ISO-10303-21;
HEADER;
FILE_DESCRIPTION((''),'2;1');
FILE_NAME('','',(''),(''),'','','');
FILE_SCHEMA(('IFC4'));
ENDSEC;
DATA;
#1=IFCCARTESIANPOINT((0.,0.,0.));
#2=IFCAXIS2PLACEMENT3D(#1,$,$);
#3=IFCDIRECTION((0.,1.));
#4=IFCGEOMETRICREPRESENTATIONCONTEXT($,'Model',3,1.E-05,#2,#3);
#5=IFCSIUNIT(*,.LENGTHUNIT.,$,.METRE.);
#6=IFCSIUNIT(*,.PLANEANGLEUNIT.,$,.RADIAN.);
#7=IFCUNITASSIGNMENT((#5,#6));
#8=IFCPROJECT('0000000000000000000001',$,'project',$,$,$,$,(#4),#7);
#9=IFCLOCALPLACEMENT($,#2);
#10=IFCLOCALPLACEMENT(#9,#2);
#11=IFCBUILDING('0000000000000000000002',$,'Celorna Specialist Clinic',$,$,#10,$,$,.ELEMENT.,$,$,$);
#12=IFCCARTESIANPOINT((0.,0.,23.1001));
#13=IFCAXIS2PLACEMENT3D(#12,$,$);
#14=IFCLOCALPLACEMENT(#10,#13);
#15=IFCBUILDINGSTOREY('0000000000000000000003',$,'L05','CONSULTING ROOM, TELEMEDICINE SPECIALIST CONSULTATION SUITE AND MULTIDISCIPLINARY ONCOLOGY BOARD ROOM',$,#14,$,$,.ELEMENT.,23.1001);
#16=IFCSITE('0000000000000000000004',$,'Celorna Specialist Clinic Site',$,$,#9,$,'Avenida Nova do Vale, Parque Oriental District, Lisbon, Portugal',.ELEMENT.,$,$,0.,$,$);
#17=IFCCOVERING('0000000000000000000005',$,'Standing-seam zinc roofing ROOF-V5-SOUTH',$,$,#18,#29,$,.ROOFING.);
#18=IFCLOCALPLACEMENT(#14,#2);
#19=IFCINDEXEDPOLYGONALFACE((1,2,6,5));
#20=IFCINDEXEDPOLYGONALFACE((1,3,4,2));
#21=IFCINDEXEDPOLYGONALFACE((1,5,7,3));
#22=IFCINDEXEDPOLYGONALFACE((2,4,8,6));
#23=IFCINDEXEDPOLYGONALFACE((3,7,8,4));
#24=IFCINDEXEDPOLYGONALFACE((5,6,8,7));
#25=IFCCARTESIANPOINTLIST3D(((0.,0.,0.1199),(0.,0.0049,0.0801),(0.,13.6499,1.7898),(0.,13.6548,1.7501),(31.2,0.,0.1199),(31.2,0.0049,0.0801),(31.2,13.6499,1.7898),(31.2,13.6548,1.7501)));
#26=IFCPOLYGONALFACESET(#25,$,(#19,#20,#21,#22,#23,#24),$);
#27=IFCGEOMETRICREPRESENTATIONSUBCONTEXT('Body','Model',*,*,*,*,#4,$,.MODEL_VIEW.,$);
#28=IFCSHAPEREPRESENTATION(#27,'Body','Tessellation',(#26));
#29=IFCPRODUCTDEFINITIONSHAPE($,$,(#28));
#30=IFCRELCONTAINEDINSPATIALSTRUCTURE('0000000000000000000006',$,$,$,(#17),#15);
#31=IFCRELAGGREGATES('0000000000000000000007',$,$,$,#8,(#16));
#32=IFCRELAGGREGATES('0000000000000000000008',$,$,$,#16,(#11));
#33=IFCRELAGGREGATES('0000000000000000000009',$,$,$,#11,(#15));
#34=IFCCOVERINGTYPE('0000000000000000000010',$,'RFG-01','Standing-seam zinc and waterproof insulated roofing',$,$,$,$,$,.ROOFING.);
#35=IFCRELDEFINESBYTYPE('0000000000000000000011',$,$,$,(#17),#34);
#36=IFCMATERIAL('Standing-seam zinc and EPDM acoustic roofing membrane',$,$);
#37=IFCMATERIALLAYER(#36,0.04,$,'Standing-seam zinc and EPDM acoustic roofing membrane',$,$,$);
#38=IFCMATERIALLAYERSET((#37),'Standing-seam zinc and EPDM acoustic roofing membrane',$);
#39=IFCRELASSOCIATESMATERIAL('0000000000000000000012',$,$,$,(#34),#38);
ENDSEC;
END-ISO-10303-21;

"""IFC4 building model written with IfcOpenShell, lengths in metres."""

from ifc_helpers import new_model, si_unit, direction, frame, origin, place, context, subcontext, project, spatial, polyline, outline, extrude, material, layer, layer_set, type_object, element, save


model = new_model("IFC4")

# Units and contexts
model_context = context("Model", 3, precision=1e-05, world=origin(), true_north=direction((0.0, 1.0)))
body_context = subcontext(model_context, "Body", "Model", "MODEL_VIEW")
ifc_project = project(units=[si_unit("LENGTHUNIT", "METRE"), si_unit("PLANEANGLEUNIT", "RADIAN")], contexts=[model_context])

# Site, building, storey
site_placement = place(None, origin())
site = spatial("IfcSite", under=ifc_project, at=site_placement, Name="Celorna Specialist Clinic Site", LongName="Avenida Nova do Vale, Parque Oriental District, Lisbon, Portugal", CompositionType="ELEMENT", RefElevation=0.0)
building_placement = place(site_placement, origin())
building = spatial("IfcBuilding", under=site, at=building_placement, Name="Celorna Specialist Clinic", CompositionType="ELEMENT")
storey_placement = place(building_placement, frame((0.0, 0.0, 23.1001)))
storey = spatial("IfcBuildingStorey", under=building, at=storey_placement, Name="L05", Description="CONSULTING ROOM, TELEMEDICINE SPECIALIST CONSULTATION SUITE AND MULTIDISCIPLINARY ONCOLOGY BOARD ROOM", CompositionType="ELEMENT", Elevation=23.1001)

# Covering
ifc_material_1 = material(Name="Standing-seam zinc and EPDM acoustic roofing membrane")
ifc_layer_1 = layer(ifc_material_1, 0.04, Name="Standing-seam zinc and EPDM acoustic roofing membrane")
ifc_layer_set_1 = layer_set([ifc_layer_1], Name="Standing-seam zinc and EPDM acoustic roofing membrane")
covering_type_1 = type_object("IfcCoveringType", Name="RFG-01", Description="Standing-seam zinc and waterproof insulated roofing", PredefinedType="ROOFING", material=ifc_layer_set_1)
covering_1_placement = place(storey_placement, frame((0.0, 0.0, 0.1199), z_axis=(0.0, -0.121434, 0.992599), x_axis=(1.0, 0.0, 0.0)))
element("IfcCovering", 1, at=covering_1_placement, inside=storey, type_object=covering_type_1, Name="Standing-seam zinc roofing ROOF-V5-SOUTH", PredefinedType="ROOFING", context=body_context, shape_type="SweptSolid", body=[
    extrude(outline(polyline([(0.0, 0.0), (31.2, 0.0), (31.2, 13.7517), (0.0, 13.7517), (0.0, 0.0)])), origin(), (0.0, 0.0, -1.0), 0.04),
])

save(model, "model.ifc")
